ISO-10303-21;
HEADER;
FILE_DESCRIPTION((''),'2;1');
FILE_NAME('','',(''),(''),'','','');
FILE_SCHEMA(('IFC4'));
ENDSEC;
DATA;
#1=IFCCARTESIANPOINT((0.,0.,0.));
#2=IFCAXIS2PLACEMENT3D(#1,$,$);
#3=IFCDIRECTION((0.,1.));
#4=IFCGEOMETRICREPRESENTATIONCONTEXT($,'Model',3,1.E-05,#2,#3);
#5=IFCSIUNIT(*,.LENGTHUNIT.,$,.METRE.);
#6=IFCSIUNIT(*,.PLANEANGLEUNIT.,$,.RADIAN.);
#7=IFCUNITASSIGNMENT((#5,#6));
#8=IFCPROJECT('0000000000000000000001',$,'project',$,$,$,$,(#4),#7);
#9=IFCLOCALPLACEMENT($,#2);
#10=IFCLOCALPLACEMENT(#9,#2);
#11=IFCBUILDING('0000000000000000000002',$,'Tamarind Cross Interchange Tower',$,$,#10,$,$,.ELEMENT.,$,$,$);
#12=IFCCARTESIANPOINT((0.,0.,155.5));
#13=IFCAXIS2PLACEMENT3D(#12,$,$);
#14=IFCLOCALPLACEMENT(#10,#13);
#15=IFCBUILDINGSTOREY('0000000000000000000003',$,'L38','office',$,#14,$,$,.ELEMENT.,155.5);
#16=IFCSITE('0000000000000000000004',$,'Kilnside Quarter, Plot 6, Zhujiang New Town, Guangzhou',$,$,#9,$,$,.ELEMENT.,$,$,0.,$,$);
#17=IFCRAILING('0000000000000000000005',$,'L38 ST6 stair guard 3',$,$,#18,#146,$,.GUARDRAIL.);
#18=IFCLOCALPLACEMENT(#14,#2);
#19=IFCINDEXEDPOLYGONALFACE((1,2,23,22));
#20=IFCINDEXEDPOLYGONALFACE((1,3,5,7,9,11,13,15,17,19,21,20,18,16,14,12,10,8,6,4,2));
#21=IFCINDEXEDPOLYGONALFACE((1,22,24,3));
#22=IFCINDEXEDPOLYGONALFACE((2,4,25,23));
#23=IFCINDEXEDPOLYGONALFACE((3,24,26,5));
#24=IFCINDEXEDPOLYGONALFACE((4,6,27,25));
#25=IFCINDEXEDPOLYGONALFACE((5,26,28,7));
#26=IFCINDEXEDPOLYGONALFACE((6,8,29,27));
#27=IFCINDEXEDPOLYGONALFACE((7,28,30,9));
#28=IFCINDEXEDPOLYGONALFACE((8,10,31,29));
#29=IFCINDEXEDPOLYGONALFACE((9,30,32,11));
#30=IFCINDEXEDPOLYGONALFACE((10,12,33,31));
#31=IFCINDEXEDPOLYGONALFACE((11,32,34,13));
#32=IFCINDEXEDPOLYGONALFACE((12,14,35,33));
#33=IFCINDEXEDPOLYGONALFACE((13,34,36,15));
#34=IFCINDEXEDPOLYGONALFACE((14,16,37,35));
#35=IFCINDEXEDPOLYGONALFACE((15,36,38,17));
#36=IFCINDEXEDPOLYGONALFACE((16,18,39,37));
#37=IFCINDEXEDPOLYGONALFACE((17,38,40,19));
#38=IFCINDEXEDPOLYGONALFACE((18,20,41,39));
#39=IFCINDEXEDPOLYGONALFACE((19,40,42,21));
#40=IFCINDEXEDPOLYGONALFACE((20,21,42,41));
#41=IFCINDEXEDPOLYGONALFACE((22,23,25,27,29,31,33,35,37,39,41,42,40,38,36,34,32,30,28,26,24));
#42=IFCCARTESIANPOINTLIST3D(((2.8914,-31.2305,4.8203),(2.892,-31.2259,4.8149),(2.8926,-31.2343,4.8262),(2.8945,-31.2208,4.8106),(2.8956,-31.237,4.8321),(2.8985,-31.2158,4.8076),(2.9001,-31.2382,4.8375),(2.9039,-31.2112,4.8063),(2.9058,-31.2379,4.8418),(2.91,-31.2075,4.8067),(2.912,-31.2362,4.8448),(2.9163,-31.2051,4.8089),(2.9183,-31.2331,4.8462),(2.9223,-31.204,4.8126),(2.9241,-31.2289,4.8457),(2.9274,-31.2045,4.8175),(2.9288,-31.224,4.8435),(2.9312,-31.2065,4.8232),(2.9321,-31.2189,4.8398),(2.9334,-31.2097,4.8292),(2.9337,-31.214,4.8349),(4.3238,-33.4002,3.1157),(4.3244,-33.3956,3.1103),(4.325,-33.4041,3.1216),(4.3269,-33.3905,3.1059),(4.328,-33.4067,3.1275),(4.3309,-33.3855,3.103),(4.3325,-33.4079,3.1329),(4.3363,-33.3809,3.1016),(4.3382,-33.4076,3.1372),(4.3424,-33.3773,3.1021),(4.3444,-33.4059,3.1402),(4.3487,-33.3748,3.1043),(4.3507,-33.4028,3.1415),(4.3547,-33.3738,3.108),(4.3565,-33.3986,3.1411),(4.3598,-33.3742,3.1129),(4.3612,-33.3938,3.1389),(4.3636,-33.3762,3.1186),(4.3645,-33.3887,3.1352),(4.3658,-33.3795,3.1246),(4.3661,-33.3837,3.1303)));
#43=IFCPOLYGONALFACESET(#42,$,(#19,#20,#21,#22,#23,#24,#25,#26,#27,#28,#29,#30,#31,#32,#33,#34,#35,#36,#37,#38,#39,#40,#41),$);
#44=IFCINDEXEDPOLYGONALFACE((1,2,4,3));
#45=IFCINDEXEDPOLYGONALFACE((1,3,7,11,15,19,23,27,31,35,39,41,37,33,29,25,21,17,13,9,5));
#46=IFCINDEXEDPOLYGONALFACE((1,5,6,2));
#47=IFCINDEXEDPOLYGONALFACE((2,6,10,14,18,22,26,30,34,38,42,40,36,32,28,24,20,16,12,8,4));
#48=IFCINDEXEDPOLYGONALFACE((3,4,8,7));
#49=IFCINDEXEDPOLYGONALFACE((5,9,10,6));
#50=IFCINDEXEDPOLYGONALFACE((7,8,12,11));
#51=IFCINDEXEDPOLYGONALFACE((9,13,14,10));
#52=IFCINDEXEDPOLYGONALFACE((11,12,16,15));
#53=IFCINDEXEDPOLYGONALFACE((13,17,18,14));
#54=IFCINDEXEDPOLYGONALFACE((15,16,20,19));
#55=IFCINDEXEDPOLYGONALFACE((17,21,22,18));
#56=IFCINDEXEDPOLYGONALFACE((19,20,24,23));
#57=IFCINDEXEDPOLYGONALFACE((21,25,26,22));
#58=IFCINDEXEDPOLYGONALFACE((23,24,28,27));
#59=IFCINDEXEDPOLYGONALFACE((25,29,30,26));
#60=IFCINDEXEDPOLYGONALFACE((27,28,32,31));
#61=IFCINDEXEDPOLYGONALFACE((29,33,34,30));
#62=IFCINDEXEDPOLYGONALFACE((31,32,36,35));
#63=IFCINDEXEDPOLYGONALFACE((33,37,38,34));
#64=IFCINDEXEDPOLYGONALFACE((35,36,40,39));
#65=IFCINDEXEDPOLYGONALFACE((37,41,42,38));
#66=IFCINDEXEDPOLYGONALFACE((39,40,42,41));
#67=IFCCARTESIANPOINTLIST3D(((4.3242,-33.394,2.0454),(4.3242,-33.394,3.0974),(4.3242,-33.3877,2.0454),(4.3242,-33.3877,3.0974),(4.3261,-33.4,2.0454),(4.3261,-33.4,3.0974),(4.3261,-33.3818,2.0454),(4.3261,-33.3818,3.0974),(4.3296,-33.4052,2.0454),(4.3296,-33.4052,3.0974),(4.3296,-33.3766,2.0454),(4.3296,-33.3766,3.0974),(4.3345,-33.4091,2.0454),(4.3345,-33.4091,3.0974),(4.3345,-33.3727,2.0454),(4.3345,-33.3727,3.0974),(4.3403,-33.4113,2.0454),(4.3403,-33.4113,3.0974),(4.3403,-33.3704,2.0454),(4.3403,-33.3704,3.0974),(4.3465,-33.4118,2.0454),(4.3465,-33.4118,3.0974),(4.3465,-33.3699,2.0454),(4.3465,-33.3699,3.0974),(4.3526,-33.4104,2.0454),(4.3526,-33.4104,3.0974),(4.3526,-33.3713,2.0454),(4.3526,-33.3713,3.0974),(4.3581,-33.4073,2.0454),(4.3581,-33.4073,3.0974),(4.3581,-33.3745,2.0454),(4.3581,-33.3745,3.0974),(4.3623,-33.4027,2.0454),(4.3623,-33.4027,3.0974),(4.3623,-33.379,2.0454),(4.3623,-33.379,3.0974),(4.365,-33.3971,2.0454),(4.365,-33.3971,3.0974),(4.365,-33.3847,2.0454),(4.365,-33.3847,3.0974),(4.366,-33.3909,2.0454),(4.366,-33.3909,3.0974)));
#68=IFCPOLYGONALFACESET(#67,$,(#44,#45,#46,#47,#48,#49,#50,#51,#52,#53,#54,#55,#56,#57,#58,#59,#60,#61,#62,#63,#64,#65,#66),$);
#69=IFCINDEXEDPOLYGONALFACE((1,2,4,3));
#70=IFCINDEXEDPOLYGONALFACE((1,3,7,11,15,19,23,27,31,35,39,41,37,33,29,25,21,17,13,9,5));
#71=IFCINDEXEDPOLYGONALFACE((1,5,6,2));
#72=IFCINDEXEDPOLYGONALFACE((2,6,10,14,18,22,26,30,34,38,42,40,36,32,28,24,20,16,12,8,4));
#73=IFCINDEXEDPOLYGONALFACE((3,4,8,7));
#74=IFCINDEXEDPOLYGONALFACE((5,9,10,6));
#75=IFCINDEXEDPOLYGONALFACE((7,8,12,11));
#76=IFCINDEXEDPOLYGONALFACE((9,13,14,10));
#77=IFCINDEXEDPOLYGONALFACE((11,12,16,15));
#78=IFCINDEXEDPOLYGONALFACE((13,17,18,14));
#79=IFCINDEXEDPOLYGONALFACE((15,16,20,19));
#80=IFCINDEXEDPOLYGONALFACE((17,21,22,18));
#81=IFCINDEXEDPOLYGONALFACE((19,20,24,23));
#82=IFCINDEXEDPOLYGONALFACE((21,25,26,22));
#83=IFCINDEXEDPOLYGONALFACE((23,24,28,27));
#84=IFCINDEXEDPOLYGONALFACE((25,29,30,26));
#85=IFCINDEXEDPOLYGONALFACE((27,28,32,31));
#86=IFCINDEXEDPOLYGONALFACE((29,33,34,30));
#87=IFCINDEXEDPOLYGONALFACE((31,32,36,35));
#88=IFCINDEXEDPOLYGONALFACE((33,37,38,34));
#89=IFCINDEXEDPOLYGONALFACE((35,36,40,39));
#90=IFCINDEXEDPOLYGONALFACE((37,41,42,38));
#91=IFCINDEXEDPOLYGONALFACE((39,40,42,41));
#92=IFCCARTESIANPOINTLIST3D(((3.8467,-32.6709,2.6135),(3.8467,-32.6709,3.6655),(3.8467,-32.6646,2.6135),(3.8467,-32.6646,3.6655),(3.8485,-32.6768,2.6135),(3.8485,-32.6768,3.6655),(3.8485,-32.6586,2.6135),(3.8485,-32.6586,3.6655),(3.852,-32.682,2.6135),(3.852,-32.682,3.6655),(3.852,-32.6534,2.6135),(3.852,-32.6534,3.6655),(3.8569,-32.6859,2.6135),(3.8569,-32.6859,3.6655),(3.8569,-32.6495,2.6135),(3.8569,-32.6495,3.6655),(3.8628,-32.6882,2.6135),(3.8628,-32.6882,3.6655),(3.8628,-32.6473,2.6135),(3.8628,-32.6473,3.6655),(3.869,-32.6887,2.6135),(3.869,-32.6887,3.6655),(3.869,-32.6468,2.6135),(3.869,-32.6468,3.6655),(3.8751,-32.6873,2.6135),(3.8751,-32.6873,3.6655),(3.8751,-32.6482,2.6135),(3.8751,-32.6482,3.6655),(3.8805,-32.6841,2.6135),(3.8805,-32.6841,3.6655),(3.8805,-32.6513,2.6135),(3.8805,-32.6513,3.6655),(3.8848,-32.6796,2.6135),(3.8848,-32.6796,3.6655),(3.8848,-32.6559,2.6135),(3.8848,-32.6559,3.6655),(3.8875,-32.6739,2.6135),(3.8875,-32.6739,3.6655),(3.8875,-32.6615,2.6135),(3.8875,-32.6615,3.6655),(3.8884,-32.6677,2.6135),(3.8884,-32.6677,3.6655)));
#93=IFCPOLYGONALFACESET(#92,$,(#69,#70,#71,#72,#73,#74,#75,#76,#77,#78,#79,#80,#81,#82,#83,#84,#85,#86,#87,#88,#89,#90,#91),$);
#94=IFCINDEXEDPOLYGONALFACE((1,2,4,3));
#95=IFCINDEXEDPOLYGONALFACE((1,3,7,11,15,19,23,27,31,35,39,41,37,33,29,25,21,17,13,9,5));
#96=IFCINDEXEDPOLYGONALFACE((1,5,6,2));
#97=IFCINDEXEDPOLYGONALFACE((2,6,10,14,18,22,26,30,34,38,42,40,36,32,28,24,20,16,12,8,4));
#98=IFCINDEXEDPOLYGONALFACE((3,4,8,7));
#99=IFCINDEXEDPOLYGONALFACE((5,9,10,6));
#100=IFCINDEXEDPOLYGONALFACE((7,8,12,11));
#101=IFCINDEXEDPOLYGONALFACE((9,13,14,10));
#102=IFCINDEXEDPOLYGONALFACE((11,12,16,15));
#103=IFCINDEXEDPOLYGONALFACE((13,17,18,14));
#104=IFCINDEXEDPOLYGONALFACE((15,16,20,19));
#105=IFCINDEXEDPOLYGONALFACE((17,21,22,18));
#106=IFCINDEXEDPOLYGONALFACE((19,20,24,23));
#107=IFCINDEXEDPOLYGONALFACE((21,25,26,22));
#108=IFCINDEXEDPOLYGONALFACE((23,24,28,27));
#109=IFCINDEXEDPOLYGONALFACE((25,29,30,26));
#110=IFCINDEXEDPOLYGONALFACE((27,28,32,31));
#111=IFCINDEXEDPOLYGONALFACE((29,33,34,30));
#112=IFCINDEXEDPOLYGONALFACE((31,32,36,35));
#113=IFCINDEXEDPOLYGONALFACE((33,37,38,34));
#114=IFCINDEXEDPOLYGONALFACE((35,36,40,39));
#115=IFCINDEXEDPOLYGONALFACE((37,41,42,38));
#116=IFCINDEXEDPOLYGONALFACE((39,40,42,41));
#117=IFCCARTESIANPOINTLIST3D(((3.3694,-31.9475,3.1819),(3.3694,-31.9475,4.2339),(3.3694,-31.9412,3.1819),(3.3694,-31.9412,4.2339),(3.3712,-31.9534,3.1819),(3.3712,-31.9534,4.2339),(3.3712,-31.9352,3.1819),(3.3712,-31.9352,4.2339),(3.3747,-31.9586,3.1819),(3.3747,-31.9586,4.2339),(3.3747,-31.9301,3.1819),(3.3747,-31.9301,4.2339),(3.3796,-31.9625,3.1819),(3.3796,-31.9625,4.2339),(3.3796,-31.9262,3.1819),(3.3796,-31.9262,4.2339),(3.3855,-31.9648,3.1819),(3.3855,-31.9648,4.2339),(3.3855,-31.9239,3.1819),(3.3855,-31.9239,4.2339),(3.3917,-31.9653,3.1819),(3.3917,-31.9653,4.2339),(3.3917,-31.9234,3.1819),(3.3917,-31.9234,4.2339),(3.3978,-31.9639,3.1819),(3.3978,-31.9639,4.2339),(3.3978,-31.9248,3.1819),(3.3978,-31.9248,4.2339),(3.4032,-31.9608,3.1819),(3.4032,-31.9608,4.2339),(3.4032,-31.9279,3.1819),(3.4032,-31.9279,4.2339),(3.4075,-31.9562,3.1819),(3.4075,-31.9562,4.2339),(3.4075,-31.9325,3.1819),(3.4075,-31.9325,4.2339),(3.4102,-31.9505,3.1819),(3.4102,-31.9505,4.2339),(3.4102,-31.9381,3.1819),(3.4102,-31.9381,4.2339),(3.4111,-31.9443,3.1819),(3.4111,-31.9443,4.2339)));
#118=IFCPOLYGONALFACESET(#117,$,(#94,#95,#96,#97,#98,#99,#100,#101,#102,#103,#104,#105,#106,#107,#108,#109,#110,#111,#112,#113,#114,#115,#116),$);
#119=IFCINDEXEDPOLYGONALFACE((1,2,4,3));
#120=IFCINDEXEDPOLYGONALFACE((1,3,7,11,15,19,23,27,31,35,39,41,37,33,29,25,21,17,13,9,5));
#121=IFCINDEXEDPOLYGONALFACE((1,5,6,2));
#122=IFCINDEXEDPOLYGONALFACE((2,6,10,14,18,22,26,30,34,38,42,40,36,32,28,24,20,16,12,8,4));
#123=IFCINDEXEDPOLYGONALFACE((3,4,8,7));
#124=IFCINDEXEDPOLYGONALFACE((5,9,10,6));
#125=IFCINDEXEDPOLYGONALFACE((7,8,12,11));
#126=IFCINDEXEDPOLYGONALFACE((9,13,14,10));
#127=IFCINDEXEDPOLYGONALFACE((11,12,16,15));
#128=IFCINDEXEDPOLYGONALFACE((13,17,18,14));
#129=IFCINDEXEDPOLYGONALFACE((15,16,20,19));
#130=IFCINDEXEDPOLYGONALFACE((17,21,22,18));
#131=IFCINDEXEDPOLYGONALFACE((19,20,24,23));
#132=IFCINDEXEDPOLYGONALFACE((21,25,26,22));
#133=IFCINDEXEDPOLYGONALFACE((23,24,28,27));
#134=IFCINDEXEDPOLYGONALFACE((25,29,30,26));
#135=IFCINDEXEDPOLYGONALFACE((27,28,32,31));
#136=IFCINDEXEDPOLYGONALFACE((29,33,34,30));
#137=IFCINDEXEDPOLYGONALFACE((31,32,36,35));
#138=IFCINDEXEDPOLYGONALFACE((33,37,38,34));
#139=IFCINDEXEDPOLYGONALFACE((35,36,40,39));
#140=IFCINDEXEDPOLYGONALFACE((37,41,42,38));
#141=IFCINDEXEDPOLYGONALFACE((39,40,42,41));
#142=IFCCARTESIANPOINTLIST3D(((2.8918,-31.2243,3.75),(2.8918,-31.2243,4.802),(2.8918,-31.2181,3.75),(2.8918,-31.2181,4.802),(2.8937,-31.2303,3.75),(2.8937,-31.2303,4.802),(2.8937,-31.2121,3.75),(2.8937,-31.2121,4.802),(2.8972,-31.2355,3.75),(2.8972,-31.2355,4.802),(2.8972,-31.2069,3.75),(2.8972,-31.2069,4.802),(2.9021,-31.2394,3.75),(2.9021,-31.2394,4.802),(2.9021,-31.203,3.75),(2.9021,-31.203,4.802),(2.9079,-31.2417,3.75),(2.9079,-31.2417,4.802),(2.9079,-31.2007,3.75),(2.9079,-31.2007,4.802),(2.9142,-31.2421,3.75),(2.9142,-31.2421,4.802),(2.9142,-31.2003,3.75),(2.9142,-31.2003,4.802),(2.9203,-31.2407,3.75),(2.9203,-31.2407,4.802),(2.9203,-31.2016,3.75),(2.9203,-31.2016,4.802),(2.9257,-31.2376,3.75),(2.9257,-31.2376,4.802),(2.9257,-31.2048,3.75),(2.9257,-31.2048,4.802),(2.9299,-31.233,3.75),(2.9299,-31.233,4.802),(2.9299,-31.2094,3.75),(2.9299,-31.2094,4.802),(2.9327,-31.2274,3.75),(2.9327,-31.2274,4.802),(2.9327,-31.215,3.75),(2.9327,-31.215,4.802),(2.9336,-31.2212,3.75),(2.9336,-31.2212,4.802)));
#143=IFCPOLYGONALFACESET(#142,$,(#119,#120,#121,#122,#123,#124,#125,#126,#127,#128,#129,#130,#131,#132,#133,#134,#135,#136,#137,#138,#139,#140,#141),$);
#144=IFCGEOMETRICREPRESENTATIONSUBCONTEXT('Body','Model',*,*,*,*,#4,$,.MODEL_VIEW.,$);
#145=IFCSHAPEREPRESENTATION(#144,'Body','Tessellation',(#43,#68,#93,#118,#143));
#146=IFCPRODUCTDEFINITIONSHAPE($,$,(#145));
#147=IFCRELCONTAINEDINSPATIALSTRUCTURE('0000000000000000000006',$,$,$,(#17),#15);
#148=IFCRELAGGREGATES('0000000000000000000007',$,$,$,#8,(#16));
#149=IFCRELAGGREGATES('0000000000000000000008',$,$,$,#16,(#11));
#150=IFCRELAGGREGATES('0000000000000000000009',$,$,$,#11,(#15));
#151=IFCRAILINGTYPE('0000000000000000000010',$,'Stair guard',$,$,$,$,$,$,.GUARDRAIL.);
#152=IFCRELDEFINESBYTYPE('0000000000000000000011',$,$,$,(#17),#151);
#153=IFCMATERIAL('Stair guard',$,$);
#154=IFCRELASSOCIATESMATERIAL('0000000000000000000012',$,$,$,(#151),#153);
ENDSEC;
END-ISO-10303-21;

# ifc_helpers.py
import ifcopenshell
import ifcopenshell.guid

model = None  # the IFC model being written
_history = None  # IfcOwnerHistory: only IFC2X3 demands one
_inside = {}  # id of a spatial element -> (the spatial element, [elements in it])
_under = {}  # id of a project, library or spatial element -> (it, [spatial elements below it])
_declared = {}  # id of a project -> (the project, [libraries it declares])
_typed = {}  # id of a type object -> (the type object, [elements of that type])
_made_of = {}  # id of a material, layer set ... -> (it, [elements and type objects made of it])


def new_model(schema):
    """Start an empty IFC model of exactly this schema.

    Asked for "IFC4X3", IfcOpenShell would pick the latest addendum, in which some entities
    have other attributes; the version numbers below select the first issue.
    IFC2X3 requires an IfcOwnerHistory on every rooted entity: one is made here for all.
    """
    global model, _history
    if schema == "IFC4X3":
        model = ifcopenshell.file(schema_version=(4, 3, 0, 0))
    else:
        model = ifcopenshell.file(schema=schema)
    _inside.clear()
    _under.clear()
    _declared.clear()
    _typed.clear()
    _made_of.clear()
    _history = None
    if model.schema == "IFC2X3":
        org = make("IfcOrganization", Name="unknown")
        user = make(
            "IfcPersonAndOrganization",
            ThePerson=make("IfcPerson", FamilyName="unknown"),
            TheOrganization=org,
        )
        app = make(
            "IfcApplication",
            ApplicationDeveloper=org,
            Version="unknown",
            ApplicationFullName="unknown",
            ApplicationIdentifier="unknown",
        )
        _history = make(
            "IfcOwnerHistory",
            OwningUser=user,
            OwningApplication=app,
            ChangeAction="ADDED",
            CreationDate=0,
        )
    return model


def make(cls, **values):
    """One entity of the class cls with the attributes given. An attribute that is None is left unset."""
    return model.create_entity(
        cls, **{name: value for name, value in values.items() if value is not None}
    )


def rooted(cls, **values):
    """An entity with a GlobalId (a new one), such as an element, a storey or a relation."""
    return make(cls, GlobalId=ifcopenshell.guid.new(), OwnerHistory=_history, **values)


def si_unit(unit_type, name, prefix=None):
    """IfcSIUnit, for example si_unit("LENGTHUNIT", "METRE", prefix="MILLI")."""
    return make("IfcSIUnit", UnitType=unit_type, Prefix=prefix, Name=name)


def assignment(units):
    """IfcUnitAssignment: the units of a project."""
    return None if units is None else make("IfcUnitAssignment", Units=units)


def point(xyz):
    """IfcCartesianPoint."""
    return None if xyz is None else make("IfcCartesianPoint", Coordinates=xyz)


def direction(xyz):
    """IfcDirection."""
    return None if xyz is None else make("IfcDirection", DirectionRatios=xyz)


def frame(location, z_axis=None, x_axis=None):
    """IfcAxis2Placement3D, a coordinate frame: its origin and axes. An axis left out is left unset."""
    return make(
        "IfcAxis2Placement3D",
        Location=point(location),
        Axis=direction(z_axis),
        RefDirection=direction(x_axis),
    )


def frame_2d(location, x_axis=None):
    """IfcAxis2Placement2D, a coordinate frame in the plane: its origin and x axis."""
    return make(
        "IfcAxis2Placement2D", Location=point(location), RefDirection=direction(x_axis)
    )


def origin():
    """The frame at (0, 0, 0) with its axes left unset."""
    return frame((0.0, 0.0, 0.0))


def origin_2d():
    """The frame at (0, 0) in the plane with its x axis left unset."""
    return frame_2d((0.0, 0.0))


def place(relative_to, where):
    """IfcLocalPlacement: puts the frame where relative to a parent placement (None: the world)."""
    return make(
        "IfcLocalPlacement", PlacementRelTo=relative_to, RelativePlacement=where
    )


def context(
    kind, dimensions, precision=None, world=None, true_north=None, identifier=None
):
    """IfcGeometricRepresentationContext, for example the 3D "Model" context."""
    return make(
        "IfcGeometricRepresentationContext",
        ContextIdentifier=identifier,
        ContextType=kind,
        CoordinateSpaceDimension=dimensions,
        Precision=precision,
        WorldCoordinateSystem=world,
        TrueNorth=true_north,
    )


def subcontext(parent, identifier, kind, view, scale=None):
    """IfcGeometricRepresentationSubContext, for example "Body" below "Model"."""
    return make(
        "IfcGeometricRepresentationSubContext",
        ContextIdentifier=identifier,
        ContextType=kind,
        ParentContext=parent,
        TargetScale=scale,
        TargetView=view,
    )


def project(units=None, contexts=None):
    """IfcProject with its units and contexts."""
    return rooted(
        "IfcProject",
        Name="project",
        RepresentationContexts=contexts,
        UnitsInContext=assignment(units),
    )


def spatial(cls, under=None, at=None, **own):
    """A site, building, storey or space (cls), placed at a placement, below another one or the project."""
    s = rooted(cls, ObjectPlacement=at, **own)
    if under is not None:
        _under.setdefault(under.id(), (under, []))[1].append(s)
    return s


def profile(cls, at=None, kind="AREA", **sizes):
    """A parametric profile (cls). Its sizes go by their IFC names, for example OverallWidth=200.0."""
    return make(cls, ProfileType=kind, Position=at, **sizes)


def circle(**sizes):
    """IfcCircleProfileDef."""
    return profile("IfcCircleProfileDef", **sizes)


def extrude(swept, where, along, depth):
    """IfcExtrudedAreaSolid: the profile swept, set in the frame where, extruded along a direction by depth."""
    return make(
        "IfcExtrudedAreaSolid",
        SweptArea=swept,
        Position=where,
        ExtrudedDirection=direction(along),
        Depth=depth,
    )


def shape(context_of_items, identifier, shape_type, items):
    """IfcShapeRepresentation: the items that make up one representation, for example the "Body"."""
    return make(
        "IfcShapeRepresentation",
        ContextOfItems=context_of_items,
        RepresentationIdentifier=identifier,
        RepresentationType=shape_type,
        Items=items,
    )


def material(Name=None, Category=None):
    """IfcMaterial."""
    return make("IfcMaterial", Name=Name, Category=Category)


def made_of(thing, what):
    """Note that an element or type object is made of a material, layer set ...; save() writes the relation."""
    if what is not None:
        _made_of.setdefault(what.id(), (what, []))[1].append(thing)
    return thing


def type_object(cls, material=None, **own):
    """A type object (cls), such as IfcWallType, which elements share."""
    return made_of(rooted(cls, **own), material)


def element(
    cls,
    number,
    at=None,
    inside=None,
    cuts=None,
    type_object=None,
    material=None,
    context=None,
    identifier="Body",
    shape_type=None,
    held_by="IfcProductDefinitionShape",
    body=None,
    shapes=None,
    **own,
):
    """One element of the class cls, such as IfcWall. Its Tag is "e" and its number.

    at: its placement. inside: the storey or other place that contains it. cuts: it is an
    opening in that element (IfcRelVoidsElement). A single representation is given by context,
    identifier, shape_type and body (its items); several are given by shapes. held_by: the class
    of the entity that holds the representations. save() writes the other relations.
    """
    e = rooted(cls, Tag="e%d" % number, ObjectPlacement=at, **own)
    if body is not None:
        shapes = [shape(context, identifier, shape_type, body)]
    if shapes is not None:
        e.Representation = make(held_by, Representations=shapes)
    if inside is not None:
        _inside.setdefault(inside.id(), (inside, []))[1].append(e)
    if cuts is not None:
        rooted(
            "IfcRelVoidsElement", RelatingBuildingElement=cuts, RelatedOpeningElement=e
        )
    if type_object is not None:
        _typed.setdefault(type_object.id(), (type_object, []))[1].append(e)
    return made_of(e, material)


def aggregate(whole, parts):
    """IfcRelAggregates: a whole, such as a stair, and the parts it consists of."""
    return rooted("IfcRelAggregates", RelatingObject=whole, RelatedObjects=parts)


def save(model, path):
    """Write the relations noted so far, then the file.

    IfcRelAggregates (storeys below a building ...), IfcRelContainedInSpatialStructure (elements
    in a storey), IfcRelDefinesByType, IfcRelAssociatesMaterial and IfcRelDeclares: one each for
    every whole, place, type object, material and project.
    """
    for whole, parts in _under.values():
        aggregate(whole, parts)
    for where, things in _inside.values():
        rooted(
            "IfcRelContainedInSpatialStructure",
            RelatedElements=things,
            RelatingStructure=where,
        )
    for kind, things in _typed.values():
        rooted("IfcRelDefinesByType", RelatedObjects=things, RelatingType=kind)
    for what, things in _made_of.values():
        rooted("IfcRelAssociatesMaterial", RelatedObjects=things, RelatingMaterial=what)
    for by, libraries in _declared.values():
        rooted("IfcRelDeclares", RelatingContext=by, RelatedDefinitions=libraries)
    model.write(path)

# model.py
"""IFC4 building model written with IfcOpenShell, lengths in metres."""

from ifc_helpers import new_model, si_unit, direction, frame, origin, origin_2d, place, context, subcontext, project, spatial, circle, extrude, material, type_object, element, save


model = new_model("IFC4")

# Units and contexts
model_context = context("Model", 3, precision=1e-05, world=origin(), true_north=direction((0.0, 1.0)))
body_context = subcontext(model_context, "Body", "Model", "MODEL_VIEW")
ifc_project = project(units=[si_unit("LENGTHUNIT", "METRE"), si_unit("PLANEANGLEUNIT", "RADIAN")], contexts=[model_context])

# Site, building, storey
site_placement = place(None, origin())
site = spatial("IfcSite", under=ifc_project, at=site_placement, Name="Kilnside Quarter, Plot 6, Zhujiang New Town, Guangzhou", CompositionType="ELEMENT", RefElevation=0.0)
building_placement = place(site_placement, origin())
building = spatial("IfcBuilding", under=site, at=building_placement, Name="Tamarind Cross Interchange Tower", CompositionType="ELEMENT")
storey_placement = place(building_placement, frame((0.0, 0.0, 155.5)))
storey = spatial("IfcBuildingStorey", under=building, at=storey_placement, Name="L38", Description="office", CompositionType="ELEMENT", Elevation=155.5)

# Railing
ifc_material_1 = material(Name="Stair guard")
railing_type_1 = type_object("IfcRailingType", Name="Stair guard", PredefinedType="GUARDRAIL", material=ifc_material_1)
railing_1_placement = place(storey_placement, frame((4.345, -33.3909, 2.0454)))
element("IfcRailing", 1, at=railing_1_placement, inside=storey, type_object=railing_type_1, Name="L38 ST6 stair guard 3", PredefinedType="GUARDRAIL", context=body_context, shape_type="SweptSolid", body=[
    extrude(circle(Radius=0.0239, at=origin_2d()), frame((0.0, 0.0, 1.0762), z_axis=(-0.460744, 0.697908, 0.548306), x_axis=(-0.834541, -0.550946, 0.0)), (0.0, 0.0, 1.0), 3.1089),
    extrude(circle(Radius=0.021, at=origin_2d()), origin(), (0.0, 0.0, 1.0), 1.052),
    extrude(circle(Radius=0.021, at=origin_2d()), frame((-0.4775, 0.7231, 0.5681)), (0.0, 0.0, 1.0), 1.052),
    extrude(circle(Radius=0.021, at=origin_2d()), frame((-0.9548, 1.4465, 1.1365)), (0.0, 0.0, 1.0), 1.052),
    extrude(circle(Radius=0.021, at=origin_2d()), frame((-1.4324, 2.1697, 1.7046)), (0.0, 0.0, 1.0), 1.052),
])

save(model, "model.ifc")
